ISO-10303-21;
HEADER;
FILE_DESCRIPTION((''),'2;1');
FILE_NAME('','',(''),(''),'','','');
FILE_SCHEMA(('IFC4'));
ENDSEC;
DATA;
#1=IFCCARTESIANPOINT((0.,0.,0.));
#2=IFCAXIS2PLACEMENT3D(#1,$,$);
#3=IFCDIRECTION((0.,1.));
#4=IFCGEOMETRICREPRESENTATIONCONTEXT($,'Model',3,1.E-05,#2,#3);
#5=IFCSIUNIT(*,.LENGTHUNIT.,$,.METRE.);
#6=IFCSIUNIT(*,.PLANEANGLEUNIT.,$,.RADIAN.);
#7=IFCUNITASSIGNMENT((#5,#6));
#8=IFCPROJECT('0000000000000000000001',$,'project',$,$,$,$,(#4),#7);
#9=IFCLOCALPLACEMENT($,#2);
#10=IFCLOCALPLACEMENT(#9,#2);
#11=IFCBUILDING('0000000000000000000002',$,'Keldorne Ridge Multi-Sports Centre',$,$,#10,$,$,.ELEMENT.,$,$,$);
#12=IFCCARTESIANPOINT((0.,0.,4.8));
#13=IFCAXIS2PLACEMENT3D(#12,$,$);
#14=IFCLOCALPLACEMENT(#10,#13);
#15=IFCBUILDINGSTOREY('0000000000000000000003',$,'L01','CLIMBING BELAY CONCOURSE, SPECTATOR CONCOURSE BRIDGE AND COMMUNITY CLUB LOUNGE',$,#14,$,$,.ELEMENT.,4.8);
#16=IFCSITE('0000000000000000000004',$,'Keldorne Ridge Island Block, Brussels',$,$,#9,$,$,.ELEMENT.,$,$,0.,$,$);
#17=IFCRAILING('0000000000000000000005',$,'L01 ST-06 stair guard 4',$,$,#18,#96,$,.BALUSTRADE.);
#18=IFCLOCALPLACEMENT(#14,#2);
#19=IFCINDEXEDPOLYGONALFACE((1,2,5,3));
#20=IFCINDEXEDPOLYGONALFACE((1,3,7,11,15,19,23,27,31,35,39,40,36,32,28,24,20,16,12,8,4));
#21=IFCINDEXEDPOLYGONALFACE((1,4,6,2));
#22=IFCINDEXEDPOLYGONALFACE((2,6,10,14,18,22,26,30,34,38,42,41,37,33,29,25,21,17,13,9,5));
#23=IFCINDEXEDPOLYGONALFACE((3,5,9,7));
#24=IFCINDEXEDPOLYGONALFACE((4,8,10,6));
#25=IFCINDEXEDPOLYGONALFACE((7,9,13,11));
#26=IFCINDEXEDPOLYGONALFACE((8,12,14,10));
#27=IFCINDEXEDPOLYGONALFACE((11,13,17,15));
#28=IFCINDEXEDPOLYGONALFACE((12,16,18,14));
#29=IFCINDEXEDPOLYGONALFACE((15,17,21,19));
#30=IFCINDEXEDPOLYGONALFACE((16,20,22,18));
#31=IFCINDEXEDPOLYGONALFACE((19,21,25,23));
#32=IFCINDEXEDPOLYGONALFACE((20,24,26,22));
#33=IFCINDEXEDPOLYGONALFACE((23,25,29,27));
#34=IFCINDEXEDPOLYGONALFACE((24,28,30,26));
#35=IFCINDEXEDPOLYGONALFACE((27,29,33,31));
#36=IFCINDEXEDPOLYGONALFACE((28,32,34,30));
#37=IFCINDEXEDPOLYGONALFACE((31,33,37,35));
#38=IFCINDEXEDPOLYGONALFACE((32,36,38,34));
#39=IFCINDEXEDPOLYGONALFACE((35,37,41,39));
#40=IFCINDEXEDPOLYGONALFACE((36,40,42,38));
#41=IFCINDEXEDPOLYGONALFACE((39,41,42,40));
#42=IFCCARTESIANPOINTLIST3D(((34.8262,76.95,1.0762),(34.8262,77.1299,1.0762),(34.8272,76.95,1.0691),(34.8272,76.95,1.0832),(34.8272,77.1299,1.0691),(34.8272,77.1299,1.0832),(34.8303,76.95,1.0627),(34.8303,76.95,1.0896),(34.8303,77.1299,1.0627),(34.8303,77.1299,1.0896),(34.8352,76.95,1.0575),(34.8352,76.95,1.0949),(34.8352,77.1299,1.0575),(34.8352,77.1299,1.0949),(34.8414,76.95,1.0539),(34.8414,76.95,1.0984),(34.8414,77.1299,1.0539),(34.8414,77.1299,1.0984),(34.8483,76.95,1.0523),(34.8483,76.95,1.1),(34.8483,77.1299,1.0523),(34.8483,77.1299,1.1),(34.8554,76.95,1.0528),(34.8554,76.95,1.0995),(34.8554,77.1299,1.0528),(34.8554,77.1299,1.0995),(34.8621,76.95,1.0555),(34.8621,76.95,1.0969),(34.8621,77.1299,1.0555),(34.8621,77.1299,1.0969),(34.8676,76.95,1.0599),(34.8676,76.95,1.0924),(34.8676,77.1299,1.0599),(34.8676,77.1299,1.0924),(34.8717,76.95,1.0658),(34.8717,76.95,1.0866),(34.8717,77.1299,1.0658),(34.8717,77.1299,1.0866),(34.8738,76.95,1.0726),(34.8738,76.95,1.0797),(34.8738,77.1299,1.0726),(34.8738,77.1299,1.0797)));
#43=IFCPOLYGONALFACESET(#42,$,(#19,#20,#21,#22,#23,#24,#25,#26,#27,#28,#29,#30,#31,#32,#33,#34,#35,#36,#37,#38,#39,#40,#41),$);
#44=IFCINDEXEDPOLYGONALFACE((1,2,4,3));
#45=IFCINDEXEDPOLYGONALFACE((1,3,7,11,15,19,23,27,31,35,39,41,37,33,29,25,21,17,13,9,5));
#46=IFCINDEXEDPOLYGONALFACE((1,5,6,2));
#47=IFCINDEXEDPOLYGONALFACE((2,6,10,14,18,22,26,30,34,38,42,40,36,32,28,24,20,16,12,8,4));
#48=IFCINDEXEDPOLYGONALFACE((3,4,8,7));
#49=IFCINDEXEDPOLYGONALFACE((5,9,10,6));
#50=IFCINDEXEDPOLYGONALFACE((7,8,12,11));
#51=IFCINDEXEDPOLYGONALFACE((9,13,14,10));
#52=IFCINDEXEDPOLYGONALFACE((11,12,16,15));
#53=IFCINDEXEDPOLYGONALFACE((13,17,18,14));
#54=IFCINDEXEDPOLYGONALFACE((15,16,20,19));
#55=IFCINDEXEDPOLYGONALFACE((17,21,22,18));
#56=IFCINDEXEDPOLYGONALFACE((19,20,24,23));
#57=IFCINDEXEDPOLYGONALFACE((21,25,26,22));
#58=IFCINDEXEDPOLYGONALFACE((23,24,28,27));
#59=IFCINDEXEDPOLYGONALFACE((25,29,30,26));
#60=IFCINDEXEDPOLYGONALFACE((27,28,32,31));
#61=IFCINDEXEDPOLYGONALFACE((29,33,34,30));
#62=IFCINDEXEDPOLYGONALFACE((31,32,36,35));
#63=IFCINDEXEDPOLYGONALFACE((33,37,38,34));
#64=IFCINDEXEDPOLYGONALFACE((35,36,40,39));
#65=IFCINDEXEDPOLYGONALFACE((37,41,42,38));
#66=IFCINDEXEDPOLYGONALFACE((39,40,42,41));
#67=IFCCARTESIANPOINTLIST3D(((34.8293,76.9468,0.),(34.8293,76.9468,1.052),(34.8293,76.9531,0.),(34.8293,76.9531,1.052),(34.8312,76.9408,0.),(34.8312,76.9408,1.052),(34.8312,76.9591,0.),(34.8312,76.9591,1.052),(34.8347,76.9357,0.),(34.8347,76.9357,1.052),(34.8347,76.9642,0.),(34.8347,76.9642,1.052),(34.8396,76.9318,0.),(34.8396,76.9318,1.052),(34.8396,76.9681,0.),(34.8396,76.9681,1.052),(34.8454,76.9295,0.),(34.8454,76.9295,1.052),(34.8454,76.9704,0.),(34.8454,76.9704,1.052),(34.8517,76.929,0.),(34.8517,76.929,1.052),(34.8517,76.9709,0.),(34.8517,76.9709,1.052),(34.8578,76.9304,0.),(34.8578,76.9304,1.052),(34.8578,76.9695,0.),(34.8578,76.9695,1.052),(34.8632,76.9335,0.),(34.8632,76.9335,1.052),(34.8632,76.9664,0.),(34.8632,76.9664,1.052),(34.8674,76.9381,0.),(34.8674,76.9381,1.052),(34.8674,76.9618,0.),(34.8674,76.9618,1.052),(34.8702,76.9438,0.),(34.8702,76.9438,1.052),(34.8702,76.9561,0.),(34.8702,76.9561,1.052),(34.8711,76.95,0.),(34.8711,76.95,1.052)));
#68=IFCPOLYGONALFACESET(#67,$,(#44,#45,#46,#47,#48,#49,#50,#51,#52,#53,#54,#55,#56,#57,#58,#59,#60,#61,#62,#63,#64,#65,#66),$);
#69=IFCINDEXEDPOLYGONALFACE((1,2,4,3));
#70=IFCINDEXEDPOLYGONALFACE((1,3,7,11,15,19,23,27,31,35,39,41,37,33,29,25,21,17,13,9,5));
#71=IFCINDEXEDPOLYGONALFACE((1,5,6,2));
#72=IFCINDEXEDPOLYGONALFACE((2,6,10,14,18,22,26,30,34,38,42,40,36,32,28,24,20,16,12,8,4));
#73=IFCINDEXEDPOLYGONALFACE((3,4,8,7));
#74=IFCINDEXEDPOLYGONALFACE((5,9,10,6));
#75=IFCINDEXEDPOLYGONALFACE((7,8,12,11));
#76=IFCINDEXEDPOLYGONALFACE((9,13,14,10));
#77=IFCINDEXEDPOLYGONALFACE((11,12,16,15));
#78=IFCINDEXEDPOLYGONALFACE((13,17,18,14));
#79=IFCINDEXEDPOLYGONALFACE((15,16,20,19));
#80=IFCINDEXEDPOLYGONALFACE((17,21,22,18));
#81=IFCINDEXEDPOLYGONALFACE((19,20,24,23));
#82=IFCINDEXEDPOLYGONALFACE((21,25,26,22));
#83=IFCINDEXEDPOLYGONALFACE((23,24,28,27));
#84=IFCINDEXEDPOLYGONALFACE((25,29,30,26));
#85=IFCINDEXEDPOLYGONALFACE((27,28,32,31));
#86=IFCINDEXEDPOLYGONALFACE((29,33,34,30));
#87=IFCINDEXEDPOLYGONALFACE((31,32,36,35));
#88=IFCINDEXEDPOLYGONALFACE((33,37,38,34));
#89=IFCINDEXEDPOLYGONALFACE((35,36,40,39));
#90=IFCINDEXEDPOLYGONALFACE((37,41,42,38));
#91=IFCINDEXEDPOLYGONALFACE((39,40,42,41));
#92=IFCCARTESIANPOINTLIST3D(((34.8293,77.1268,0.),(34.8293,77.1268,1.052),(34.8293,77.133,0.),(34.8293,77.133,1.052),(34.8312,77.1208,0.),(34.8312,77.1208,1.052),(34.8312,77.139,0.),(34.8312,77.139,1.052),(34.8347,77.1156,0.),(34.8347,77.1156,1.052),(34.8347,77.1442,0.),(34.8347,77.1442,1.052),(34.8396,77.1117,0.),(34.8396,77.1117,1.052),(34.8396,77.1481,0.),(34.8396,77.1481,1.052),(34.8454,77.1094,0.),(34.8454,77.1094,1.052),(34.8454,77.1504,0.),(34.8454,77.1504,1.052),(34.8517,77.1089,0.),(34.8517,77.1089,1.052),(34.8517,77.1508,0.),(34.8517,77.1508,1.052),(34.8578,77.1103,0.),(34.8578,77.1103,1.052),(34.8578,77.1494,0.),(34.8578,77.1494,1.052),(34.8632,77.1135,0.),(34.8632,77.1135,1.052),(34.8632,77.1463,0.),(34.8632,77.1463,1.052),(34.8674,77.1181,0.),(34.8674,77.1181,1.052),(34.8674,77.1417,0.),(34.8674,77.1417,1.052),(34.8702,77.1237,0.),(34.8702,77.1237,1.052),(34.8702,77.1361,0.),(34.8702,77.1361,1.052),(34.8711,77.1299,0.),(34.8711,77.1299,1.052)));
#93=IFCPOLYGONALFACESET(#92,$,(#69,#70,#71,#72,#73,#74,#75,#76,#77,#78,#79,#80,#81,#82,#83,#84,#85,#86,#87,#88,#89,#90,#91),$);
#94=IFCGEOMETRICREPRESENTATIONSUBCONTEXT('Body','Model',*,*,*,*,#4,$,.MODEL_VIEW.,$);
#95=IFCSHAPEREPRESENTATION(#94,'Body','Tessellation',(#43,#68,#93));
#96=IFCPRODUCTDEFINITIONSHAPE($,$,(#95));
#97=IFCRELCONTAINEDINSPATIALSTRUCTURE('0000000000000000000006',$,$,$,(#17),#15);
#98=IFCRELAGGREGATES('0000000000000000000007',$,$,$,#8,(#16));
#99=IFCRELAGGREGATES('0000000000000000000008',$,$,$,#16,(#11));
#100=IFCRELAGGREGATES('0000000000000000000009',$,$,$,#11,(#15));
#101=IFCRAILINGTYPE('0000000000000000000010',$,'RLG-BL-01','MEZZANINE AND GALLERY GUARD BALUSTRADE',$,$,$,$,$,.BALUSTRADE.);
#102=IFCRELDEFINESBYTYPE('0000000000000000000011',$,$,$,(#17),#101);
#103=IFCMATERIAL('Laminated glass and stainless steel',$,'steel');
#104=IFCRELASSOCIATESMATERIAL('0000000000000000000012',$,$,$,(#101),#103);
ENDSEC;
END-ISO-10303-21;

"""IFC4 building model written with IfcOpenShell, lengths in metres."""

from ifc_helpers import new_model, si_unit, direction, frame, origin, origin_2d, place, context, subcontext, project, spatial, circle, extrude, material, type_object, element, save


model = new_model("IFC4")

# Units and contexts
model_context = context("Model", 3, precision=1e-05, world=origin(), true_north=direction((0.0, 1.0)))
body_context = subcontext(model_context, "Body", "Model", "MODEL_VIEW")
ifc_project = project(units=[si_unit("LENGTHUNIT", "METRE"), si_unit("PLANEANGLEUNIT", "RADIAN")], contexts=[model_context])

# Site, building, storey
site_placement = place(None, origin())
site = spatial("IfcSite", under=ifc_project, at=site_placement, Name="Keldorne Ridge Island Block, Brussels", CompositionType="ELEMENT", RefElevation=0.0)
building_placement = place(site_placement, origin())
building = spatial("IfcBuilding", under=site, at=building_placement, Name="Keldorne Ridge Multi-Sports Centre", CompositionType="ELEMENT")
storey_placement = place(building_placement, frame((0.0, 0.0, 4.8)))
storey = spatial("IfcBuildingStorey", under=building, at=storey_placement, Name="L01", Description="CLIMBING BELAY CONCOURSE, SPECTATOR CONCOURSE BRIDGE AND COMMUNITY CLUB LOUNGE", CompositionType="ELEMENT", Elevation=4.8)

# Railing
ifc_material_1 = material(Name="Laminated glass and stainless steel", Category="steel")
railing_type_1 = type_object("IfcRailingType", Name="RLG-BL-01", Description="MEZZANINE AND GALLERY GUARD BALUSTRADE", PredefinedType="BALUSTRADE", material=ifc_material_1)
railing_1_placement = place(storey_placement, frame((34.8501, 76.95, 0.0)))
element("IfcRailing", 1, at=railing_1_placement, inside=storey, type_object=railing_type_1, Name="L01 ST-06 stair guard 4", PredefinedType="BALUSTRADE", context=body_context, shape_type="SweptSolid", body=[
    extrude(circle(Radius=0.0239, at=origin_2d()), frame((0.0, 0.0, 1.0762), z_axis=(0.0, 1.0, 0.0), x_axis=(-1.0, 0.0, 0.0)), (0.0, 0.0, 1.0), 0.1799),
    extrude(circle(Radius=0.021, at=origin_2d()), origin(), (0.0, 0.0, 1.0), 1.052),
    extrude(circle(Radius=0.021, at=origin_2d()), frame((0.0, 0.1799, 0.0)), (0.0, 0.0, 1.0), 1.052),
])

save(model, "model.ifc")
